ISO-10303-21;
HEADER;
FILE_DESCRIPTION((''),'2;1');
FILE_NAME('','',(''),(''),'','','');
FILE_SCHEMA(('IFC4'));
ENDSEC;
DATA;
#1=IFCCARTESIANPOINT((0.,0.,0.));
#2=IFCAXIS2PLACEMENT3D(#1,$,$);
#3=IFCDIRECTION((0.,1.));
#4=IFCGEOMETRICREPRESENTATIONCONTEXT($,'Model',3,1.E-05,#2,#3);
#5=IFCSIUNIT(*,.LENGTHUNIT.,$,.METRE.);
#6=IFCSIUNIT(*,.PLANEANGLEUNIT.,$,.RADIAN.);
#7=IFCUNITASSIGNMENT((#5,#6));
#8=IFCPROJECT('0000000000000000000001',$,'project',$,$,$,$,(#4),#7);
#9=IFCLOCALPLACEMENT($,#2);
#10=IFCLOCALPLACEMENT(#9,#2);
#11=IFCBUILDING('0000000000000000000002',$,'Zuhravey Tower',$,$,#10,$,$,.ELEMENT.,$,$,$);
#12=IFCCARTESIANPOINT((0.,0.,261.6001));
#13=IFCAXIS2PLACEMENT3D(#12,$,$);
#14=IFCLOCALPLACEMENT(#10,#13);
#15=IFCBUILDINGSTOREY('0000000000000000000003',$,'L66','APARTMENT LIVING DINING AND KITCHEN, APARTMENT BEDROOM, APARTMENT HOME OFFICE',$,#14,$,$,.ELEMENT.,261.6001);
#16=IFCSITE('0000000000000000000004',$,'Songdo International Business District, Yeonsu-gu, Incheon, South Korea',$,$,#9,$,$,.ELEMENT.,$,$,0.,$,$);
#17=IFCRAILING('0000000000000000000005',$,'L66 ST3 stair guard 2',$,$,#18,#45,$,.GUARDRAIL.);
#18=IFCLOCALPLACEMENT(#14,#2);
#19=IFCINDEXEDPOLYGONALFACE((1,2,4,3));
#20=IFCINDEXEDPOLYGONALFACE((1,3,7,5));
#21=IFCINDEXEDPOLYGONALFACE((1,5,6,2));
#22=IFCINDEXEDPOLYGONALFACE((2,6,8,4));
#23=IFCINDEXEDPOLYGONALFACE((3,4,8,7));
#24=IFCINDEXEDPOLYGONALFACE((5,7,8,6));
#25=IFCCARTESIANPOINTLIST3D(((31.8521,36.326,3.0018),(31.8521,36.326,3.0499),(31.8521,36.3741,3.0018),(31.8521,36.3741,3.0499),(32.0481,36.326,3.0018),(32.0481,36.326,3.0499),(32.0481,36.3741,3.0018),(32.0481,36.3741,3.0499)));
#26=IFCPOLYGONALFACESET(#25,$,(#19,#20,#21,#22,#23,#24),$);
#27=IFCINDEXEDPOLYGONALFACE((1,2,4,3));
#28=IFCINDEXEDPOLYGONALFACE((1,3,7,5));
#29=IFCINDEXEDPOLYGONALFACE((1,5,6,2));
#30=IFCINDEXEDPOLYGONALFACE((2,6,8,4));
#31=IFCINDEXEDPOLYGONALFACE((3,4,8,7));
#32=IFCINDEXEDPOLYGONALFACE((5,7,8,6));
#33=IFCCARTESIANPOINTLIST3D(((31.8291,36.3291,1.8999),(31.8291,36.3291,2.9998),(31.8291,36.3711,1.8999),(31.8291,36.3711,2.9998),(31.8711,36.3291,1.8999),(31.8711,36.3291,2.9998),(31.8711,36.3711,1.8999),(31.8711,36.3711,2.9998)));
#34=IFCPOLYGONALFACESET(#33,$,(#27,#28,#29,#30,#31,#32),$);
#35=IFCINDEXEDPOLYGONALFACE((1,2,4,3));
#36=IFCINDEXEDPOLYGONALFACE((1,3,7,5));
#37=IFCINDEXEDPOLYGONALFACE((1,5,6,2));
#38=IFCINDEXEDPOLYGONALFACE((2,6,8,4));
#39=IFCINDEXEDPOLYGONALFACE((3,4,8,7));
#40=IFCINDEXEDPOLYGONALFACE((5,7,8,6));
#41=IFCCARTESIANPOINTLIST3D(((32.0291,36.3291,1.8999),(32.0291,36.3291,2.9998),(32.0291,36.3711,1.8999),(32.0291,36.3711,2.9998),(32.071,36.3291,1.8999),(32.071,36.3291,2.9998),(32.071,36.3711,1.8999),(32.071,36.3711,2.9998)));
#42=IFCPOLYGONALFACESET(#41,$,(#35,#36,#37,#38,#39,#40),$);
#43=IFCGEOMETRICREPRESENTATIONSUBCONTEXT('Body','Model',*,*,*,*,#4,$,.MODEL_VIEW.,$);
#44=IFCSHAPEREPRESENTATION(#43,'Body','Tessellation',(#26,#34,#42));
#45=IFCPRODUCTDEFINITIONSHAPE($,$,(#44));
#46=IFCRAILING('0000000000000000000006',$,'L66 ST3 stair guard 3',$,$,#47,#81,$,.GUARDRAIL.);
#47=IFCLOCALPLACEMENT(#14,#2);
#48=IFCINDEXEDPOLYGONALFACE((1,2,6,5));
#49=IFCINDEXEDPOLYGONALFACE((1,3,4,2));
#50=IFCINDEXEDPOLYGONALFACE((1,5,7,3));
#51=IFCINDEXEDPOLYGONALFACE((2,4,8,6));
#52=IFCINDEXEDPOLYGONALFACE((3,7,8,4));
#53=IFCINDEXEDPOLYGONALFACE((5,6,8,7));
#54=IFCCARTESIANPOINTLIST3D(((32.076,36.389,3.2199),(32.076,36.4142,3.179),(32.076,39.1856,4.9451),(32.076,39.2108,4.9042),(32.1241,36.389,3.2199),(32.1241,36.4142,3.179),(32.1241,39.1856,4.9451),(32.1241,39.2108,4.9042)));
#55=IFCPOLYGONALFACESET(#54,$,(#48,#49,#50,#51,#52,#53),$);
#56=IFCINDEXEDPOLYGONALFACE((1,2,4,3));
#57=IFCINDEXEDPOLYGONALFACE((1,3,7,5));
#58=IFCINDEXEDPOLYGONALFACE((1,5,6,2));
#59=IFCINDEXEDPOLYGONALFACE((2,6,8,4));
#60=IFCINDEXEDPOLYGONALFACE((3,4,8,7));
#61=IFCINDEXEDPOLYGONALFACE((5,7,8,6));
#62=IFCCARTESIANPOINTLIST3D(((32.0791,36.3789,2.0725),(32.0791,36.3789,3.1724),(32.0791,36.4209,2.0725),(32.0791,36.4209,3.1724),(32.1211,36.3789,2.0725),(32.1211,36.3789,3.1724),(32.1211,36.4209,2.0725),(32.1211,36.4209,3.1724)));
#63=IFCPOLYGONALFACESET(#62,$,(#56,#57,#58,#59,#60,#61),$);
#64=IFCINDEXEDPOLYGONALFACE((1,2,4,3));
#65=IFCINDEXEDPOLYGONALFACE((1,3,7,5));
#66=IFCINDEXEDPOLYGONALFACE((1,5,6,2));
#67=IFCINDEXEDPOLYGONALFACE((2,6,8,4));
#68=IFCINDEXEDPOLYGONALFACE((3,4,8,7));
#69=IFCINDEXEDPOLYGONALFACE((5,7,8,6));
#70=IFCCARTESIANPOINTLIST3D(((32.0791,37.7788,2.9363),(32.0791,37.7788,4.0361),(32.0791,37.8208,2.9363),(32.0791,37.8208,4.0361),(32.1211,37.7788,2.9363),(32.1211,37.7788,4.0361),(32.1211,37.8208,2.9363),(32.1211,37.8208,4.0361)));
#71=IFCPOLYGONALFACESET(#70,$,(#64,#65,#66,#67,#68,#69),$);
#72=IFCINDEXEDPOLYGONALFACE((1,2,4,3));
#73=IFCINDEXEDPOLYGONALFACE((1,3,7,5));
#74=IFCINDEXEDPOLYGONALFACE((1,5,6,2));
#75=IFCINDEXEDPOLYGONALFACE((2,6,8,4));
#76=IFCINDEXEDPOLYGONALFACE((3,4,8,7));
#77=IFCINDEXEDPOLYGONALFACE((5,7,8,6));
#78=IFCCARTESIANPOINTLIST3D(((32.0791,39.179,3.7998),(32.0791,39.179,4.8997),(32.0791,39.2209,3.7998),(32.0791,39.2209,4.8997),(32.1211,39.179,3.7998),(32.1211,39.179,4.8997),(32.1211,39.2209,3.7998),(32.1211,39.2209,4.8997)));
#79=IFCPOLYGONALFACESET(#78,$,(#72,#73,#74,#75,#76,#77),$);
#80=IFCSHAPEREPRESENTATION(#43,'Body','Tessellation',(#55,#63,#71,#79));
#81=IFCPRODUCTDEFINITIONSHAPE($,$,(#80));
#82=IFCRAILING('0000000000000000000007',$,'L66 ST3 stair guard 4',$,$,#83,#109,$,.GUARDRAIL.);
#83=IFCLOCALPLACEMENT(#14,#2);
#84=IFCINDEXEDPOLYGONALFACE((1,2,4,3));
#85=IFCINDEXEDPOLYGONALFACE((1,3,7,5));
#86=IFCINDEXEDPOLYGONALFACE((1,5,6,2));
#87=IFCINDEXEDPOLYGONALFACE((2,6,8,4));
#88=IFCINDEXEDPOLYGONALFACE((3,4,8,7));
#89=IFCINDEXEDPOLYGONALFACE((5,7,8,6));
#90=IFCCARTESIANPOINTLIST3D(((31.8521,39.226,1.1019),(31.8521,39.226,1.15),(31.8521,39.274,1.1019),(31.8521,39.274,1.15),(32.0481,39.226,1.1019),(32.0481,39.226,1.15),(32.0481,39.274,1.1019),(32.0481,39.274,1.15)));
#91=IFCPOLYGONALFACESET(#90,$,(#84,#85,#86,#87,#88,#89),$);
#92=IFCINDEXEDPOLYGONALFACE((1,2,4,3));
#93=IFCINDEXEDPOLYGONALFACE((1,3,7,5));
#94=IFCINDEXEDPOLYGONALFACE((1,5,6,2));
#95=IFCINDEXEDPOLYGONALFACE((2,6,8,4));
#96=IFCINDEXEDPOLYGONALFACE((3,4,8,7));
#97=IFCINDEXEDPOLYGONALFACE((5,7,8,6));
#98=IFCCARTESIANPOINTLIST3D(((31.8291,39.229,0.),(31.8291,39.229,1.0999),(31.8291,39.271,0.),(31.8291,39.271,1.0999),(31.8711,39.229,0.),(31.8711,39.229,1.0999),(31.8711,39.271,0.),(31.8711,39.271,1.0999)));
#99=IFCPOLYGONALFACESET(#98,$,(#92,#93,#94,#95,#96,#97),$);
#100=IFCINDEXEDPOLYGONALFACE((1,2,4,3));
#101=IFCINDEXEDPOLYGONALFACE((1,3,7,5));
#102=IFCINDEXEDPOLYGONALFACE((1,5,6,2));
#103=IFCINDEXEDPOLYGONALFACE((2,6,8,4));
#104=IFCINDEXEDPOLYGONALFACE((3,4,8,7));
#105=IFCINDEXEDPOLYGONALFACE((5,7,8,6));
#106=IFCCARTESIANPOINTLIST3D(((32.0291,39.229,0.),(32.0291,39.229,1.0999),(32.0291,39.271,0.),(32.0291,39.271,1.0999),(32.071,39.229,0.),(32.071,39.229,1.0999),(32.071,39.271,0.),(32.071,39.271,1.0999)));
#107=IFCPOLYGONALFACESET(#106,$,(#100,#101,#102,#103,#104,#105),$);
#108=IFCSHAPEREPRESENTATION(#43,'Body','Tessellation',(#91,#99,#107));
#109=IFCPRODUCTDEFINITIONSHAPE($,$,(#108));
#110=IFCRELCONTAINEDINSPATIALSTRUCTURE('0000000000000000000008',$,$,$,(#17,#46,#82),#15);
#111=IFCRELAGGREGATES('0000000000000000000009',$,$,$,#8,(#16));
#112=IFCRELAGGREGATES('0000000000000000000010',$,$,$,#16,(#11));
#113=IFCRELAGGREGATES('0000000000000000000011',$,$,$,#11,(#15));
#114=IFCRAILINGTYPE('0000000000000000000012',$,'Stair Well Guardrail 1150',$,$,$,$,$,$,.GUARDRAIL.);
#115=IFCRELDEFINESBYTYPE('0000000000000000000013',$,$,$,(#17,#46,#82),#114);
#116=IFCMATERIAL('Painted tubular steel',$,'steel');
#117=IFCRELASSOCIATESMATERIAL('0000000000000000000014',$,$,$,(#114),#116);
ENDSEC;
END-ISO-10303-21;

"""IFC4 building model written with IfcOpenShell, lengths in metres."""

from ifc_helpers import new_model, si_unit, direction, frame, origin, origin_2d, place, context, subcontext, project, spatial, rectangle, extrude, material, type_object, element, save


model = new_model("IFC4")

# Units and contexts
model_context = context("Model", 3, precision=1e-05, world=origin(), true_north=direction((0.0, 1.0)))
body_context = subcontext(model_context, "Body", "Model", "MODEL_VIEW")
ifc_project = project(units=[si_unit("LENGTHUNIT", "METRE"), si_unit("PLANEANGLEUNIT", "RADIAN")], contexts=[model_context])

# Site, building, storey
site_placement = place(None, origin())
site = spatial("IfcSite", under=ifc_project, at=site_placement, Name="Songdo International Business District, Yeonsu-gu, Incheon, South Korea", CompositionType="ELEMENT", RefElevation=0.0)
building_placement = place(site_placement, origin())
building = spatial("IfcBuilding", under=site, at=building_placement, Name="Zuhravey Tower", CompositionType="ELEMENT")
storey_placement = place(building_placement, frame((0.0, 0.0, 261.6001)))
storey = spatial("IfcBuildingStorey", under=building, at=storey_placement, Name="L66", Description="APARTMENT LIVING DINING AND KITCHEN, APARTMENT BEDROOM, APARTMENT HOME OFFICE", CompositionType="ELEMENT", Elevation=261.6001)

# Railings
ifc_material_1 = material(Name="Painted tubular steel", Category="steel")
railing_type_1 = type_object("IfcRailingType", Name="Stair Well Guardrail 1150", PredefinedType="GUARDRAIL", material=ifc_material_1)
railing_1_placement = place(storey_placement, frame((31.8501, 36.3501, 1.8999)))
element("IfcRailing", 1, at=railing_1_placement, inside=storey, type_object=railing_type_1, Name="L66 ST3 stair guard 2", PredefinedType="GUARDRAIL", context=body_context, shape_type="SweptSolid", body=[
    extrude(rectangle(XDim=0.0481, YDim=0.0481, at=origin_2d()), frame((0.002, 0.0, 1.126), z_axis=(1.0, 0.0, 0.0), x_axis=(0.0, 1.0, 0.0)), (0.0, 0.0, 1.0), 0.196),
    extrude(rectangle(XDim=0.042, YDim=0.042, at=origin_2d()), origin(), (0.0, 0.0, 1.0), 1.0999),
    extrude(rectangle(XDim=0.042, YDim=0.042, at=origin_2d()), frame((0.2, 0.0, 0.0)), (0.0, 0.0, 1.0), 1.0999),
])
railing_2_placement = place(storey_placement, frame((32.1001, 36.3999, 2.0725)))
element("IfcRailing", 2, at=railing_2_placement, inside=storey, type_object=railing_type_1, Name="L66 ST3 stair guard 3", PredefinedType="GUARDRAIL", context=body_context, shape_type="SweptSolid", body=[
    extrude(rectangle(XDim=0.0481, YDim=0.0481, at=origin_2d()), frame((0.0, 0.0017, 1.127), z_axis=(0.0, 0.85109, 0.52502), x_axis=(-1.0, 0.0, 0.0)), (0.0, 0.0, 1.0), 3.2859),
    extrude(rectangle(XDim=0.042, YDim=0.042, at=origin_2d()), origin(), (0.0, 0.0, 1.0), 1.0999),
    extrude(rectangle(XDim=0.042, YDim=0.042, at=origin_2d()), frame((0.0, 1.3999, 0.8638)), (0.0, 0.0, 1.0), 1.0999),
    extrude(rectangle(XDim=0.042, YDim=0.042, at=origin_2d()), frame((0.0, 2.8, 1.7273)), (0.0, 0.0, 1.0), 1.0999),
])
railing_3_placement = place(storey_placement, frame((31.8501, 39.25, 0.0)))
element("IfcRailing", 3, at=railing_3_placement, inside=storey, type_object=railing_type_1, Name="L66 ST3 stair guard 4", PredefinedType="GUARDRAIL", context=body_context, shape_type="SweptSolid", body=[
    extrude(rectangle(XDim=0.0481, YDim=0.0481, at=origin_2d()), frame((0.002, 0.0, 1.126), z_axis=(1.0, 0.0, 0.0), x_axis=(0.0, 1.0, 0.0)), (0.0, 0.0, 1.0), 0.196),
    extrude(rectangle(XDim=0.042, YDim=0.042, at=origin_2d()), origin(), (0.0, 0.0, 1.0), 1.0999),
    extrude(rectangle(XDim=0.042, YDim=0.042, at=origin_2d()), frame((0.2, 0.0, 0.0)), (0.0, 0.0, 1.0), 1.0999),
])

save(model, "model.ifc")
